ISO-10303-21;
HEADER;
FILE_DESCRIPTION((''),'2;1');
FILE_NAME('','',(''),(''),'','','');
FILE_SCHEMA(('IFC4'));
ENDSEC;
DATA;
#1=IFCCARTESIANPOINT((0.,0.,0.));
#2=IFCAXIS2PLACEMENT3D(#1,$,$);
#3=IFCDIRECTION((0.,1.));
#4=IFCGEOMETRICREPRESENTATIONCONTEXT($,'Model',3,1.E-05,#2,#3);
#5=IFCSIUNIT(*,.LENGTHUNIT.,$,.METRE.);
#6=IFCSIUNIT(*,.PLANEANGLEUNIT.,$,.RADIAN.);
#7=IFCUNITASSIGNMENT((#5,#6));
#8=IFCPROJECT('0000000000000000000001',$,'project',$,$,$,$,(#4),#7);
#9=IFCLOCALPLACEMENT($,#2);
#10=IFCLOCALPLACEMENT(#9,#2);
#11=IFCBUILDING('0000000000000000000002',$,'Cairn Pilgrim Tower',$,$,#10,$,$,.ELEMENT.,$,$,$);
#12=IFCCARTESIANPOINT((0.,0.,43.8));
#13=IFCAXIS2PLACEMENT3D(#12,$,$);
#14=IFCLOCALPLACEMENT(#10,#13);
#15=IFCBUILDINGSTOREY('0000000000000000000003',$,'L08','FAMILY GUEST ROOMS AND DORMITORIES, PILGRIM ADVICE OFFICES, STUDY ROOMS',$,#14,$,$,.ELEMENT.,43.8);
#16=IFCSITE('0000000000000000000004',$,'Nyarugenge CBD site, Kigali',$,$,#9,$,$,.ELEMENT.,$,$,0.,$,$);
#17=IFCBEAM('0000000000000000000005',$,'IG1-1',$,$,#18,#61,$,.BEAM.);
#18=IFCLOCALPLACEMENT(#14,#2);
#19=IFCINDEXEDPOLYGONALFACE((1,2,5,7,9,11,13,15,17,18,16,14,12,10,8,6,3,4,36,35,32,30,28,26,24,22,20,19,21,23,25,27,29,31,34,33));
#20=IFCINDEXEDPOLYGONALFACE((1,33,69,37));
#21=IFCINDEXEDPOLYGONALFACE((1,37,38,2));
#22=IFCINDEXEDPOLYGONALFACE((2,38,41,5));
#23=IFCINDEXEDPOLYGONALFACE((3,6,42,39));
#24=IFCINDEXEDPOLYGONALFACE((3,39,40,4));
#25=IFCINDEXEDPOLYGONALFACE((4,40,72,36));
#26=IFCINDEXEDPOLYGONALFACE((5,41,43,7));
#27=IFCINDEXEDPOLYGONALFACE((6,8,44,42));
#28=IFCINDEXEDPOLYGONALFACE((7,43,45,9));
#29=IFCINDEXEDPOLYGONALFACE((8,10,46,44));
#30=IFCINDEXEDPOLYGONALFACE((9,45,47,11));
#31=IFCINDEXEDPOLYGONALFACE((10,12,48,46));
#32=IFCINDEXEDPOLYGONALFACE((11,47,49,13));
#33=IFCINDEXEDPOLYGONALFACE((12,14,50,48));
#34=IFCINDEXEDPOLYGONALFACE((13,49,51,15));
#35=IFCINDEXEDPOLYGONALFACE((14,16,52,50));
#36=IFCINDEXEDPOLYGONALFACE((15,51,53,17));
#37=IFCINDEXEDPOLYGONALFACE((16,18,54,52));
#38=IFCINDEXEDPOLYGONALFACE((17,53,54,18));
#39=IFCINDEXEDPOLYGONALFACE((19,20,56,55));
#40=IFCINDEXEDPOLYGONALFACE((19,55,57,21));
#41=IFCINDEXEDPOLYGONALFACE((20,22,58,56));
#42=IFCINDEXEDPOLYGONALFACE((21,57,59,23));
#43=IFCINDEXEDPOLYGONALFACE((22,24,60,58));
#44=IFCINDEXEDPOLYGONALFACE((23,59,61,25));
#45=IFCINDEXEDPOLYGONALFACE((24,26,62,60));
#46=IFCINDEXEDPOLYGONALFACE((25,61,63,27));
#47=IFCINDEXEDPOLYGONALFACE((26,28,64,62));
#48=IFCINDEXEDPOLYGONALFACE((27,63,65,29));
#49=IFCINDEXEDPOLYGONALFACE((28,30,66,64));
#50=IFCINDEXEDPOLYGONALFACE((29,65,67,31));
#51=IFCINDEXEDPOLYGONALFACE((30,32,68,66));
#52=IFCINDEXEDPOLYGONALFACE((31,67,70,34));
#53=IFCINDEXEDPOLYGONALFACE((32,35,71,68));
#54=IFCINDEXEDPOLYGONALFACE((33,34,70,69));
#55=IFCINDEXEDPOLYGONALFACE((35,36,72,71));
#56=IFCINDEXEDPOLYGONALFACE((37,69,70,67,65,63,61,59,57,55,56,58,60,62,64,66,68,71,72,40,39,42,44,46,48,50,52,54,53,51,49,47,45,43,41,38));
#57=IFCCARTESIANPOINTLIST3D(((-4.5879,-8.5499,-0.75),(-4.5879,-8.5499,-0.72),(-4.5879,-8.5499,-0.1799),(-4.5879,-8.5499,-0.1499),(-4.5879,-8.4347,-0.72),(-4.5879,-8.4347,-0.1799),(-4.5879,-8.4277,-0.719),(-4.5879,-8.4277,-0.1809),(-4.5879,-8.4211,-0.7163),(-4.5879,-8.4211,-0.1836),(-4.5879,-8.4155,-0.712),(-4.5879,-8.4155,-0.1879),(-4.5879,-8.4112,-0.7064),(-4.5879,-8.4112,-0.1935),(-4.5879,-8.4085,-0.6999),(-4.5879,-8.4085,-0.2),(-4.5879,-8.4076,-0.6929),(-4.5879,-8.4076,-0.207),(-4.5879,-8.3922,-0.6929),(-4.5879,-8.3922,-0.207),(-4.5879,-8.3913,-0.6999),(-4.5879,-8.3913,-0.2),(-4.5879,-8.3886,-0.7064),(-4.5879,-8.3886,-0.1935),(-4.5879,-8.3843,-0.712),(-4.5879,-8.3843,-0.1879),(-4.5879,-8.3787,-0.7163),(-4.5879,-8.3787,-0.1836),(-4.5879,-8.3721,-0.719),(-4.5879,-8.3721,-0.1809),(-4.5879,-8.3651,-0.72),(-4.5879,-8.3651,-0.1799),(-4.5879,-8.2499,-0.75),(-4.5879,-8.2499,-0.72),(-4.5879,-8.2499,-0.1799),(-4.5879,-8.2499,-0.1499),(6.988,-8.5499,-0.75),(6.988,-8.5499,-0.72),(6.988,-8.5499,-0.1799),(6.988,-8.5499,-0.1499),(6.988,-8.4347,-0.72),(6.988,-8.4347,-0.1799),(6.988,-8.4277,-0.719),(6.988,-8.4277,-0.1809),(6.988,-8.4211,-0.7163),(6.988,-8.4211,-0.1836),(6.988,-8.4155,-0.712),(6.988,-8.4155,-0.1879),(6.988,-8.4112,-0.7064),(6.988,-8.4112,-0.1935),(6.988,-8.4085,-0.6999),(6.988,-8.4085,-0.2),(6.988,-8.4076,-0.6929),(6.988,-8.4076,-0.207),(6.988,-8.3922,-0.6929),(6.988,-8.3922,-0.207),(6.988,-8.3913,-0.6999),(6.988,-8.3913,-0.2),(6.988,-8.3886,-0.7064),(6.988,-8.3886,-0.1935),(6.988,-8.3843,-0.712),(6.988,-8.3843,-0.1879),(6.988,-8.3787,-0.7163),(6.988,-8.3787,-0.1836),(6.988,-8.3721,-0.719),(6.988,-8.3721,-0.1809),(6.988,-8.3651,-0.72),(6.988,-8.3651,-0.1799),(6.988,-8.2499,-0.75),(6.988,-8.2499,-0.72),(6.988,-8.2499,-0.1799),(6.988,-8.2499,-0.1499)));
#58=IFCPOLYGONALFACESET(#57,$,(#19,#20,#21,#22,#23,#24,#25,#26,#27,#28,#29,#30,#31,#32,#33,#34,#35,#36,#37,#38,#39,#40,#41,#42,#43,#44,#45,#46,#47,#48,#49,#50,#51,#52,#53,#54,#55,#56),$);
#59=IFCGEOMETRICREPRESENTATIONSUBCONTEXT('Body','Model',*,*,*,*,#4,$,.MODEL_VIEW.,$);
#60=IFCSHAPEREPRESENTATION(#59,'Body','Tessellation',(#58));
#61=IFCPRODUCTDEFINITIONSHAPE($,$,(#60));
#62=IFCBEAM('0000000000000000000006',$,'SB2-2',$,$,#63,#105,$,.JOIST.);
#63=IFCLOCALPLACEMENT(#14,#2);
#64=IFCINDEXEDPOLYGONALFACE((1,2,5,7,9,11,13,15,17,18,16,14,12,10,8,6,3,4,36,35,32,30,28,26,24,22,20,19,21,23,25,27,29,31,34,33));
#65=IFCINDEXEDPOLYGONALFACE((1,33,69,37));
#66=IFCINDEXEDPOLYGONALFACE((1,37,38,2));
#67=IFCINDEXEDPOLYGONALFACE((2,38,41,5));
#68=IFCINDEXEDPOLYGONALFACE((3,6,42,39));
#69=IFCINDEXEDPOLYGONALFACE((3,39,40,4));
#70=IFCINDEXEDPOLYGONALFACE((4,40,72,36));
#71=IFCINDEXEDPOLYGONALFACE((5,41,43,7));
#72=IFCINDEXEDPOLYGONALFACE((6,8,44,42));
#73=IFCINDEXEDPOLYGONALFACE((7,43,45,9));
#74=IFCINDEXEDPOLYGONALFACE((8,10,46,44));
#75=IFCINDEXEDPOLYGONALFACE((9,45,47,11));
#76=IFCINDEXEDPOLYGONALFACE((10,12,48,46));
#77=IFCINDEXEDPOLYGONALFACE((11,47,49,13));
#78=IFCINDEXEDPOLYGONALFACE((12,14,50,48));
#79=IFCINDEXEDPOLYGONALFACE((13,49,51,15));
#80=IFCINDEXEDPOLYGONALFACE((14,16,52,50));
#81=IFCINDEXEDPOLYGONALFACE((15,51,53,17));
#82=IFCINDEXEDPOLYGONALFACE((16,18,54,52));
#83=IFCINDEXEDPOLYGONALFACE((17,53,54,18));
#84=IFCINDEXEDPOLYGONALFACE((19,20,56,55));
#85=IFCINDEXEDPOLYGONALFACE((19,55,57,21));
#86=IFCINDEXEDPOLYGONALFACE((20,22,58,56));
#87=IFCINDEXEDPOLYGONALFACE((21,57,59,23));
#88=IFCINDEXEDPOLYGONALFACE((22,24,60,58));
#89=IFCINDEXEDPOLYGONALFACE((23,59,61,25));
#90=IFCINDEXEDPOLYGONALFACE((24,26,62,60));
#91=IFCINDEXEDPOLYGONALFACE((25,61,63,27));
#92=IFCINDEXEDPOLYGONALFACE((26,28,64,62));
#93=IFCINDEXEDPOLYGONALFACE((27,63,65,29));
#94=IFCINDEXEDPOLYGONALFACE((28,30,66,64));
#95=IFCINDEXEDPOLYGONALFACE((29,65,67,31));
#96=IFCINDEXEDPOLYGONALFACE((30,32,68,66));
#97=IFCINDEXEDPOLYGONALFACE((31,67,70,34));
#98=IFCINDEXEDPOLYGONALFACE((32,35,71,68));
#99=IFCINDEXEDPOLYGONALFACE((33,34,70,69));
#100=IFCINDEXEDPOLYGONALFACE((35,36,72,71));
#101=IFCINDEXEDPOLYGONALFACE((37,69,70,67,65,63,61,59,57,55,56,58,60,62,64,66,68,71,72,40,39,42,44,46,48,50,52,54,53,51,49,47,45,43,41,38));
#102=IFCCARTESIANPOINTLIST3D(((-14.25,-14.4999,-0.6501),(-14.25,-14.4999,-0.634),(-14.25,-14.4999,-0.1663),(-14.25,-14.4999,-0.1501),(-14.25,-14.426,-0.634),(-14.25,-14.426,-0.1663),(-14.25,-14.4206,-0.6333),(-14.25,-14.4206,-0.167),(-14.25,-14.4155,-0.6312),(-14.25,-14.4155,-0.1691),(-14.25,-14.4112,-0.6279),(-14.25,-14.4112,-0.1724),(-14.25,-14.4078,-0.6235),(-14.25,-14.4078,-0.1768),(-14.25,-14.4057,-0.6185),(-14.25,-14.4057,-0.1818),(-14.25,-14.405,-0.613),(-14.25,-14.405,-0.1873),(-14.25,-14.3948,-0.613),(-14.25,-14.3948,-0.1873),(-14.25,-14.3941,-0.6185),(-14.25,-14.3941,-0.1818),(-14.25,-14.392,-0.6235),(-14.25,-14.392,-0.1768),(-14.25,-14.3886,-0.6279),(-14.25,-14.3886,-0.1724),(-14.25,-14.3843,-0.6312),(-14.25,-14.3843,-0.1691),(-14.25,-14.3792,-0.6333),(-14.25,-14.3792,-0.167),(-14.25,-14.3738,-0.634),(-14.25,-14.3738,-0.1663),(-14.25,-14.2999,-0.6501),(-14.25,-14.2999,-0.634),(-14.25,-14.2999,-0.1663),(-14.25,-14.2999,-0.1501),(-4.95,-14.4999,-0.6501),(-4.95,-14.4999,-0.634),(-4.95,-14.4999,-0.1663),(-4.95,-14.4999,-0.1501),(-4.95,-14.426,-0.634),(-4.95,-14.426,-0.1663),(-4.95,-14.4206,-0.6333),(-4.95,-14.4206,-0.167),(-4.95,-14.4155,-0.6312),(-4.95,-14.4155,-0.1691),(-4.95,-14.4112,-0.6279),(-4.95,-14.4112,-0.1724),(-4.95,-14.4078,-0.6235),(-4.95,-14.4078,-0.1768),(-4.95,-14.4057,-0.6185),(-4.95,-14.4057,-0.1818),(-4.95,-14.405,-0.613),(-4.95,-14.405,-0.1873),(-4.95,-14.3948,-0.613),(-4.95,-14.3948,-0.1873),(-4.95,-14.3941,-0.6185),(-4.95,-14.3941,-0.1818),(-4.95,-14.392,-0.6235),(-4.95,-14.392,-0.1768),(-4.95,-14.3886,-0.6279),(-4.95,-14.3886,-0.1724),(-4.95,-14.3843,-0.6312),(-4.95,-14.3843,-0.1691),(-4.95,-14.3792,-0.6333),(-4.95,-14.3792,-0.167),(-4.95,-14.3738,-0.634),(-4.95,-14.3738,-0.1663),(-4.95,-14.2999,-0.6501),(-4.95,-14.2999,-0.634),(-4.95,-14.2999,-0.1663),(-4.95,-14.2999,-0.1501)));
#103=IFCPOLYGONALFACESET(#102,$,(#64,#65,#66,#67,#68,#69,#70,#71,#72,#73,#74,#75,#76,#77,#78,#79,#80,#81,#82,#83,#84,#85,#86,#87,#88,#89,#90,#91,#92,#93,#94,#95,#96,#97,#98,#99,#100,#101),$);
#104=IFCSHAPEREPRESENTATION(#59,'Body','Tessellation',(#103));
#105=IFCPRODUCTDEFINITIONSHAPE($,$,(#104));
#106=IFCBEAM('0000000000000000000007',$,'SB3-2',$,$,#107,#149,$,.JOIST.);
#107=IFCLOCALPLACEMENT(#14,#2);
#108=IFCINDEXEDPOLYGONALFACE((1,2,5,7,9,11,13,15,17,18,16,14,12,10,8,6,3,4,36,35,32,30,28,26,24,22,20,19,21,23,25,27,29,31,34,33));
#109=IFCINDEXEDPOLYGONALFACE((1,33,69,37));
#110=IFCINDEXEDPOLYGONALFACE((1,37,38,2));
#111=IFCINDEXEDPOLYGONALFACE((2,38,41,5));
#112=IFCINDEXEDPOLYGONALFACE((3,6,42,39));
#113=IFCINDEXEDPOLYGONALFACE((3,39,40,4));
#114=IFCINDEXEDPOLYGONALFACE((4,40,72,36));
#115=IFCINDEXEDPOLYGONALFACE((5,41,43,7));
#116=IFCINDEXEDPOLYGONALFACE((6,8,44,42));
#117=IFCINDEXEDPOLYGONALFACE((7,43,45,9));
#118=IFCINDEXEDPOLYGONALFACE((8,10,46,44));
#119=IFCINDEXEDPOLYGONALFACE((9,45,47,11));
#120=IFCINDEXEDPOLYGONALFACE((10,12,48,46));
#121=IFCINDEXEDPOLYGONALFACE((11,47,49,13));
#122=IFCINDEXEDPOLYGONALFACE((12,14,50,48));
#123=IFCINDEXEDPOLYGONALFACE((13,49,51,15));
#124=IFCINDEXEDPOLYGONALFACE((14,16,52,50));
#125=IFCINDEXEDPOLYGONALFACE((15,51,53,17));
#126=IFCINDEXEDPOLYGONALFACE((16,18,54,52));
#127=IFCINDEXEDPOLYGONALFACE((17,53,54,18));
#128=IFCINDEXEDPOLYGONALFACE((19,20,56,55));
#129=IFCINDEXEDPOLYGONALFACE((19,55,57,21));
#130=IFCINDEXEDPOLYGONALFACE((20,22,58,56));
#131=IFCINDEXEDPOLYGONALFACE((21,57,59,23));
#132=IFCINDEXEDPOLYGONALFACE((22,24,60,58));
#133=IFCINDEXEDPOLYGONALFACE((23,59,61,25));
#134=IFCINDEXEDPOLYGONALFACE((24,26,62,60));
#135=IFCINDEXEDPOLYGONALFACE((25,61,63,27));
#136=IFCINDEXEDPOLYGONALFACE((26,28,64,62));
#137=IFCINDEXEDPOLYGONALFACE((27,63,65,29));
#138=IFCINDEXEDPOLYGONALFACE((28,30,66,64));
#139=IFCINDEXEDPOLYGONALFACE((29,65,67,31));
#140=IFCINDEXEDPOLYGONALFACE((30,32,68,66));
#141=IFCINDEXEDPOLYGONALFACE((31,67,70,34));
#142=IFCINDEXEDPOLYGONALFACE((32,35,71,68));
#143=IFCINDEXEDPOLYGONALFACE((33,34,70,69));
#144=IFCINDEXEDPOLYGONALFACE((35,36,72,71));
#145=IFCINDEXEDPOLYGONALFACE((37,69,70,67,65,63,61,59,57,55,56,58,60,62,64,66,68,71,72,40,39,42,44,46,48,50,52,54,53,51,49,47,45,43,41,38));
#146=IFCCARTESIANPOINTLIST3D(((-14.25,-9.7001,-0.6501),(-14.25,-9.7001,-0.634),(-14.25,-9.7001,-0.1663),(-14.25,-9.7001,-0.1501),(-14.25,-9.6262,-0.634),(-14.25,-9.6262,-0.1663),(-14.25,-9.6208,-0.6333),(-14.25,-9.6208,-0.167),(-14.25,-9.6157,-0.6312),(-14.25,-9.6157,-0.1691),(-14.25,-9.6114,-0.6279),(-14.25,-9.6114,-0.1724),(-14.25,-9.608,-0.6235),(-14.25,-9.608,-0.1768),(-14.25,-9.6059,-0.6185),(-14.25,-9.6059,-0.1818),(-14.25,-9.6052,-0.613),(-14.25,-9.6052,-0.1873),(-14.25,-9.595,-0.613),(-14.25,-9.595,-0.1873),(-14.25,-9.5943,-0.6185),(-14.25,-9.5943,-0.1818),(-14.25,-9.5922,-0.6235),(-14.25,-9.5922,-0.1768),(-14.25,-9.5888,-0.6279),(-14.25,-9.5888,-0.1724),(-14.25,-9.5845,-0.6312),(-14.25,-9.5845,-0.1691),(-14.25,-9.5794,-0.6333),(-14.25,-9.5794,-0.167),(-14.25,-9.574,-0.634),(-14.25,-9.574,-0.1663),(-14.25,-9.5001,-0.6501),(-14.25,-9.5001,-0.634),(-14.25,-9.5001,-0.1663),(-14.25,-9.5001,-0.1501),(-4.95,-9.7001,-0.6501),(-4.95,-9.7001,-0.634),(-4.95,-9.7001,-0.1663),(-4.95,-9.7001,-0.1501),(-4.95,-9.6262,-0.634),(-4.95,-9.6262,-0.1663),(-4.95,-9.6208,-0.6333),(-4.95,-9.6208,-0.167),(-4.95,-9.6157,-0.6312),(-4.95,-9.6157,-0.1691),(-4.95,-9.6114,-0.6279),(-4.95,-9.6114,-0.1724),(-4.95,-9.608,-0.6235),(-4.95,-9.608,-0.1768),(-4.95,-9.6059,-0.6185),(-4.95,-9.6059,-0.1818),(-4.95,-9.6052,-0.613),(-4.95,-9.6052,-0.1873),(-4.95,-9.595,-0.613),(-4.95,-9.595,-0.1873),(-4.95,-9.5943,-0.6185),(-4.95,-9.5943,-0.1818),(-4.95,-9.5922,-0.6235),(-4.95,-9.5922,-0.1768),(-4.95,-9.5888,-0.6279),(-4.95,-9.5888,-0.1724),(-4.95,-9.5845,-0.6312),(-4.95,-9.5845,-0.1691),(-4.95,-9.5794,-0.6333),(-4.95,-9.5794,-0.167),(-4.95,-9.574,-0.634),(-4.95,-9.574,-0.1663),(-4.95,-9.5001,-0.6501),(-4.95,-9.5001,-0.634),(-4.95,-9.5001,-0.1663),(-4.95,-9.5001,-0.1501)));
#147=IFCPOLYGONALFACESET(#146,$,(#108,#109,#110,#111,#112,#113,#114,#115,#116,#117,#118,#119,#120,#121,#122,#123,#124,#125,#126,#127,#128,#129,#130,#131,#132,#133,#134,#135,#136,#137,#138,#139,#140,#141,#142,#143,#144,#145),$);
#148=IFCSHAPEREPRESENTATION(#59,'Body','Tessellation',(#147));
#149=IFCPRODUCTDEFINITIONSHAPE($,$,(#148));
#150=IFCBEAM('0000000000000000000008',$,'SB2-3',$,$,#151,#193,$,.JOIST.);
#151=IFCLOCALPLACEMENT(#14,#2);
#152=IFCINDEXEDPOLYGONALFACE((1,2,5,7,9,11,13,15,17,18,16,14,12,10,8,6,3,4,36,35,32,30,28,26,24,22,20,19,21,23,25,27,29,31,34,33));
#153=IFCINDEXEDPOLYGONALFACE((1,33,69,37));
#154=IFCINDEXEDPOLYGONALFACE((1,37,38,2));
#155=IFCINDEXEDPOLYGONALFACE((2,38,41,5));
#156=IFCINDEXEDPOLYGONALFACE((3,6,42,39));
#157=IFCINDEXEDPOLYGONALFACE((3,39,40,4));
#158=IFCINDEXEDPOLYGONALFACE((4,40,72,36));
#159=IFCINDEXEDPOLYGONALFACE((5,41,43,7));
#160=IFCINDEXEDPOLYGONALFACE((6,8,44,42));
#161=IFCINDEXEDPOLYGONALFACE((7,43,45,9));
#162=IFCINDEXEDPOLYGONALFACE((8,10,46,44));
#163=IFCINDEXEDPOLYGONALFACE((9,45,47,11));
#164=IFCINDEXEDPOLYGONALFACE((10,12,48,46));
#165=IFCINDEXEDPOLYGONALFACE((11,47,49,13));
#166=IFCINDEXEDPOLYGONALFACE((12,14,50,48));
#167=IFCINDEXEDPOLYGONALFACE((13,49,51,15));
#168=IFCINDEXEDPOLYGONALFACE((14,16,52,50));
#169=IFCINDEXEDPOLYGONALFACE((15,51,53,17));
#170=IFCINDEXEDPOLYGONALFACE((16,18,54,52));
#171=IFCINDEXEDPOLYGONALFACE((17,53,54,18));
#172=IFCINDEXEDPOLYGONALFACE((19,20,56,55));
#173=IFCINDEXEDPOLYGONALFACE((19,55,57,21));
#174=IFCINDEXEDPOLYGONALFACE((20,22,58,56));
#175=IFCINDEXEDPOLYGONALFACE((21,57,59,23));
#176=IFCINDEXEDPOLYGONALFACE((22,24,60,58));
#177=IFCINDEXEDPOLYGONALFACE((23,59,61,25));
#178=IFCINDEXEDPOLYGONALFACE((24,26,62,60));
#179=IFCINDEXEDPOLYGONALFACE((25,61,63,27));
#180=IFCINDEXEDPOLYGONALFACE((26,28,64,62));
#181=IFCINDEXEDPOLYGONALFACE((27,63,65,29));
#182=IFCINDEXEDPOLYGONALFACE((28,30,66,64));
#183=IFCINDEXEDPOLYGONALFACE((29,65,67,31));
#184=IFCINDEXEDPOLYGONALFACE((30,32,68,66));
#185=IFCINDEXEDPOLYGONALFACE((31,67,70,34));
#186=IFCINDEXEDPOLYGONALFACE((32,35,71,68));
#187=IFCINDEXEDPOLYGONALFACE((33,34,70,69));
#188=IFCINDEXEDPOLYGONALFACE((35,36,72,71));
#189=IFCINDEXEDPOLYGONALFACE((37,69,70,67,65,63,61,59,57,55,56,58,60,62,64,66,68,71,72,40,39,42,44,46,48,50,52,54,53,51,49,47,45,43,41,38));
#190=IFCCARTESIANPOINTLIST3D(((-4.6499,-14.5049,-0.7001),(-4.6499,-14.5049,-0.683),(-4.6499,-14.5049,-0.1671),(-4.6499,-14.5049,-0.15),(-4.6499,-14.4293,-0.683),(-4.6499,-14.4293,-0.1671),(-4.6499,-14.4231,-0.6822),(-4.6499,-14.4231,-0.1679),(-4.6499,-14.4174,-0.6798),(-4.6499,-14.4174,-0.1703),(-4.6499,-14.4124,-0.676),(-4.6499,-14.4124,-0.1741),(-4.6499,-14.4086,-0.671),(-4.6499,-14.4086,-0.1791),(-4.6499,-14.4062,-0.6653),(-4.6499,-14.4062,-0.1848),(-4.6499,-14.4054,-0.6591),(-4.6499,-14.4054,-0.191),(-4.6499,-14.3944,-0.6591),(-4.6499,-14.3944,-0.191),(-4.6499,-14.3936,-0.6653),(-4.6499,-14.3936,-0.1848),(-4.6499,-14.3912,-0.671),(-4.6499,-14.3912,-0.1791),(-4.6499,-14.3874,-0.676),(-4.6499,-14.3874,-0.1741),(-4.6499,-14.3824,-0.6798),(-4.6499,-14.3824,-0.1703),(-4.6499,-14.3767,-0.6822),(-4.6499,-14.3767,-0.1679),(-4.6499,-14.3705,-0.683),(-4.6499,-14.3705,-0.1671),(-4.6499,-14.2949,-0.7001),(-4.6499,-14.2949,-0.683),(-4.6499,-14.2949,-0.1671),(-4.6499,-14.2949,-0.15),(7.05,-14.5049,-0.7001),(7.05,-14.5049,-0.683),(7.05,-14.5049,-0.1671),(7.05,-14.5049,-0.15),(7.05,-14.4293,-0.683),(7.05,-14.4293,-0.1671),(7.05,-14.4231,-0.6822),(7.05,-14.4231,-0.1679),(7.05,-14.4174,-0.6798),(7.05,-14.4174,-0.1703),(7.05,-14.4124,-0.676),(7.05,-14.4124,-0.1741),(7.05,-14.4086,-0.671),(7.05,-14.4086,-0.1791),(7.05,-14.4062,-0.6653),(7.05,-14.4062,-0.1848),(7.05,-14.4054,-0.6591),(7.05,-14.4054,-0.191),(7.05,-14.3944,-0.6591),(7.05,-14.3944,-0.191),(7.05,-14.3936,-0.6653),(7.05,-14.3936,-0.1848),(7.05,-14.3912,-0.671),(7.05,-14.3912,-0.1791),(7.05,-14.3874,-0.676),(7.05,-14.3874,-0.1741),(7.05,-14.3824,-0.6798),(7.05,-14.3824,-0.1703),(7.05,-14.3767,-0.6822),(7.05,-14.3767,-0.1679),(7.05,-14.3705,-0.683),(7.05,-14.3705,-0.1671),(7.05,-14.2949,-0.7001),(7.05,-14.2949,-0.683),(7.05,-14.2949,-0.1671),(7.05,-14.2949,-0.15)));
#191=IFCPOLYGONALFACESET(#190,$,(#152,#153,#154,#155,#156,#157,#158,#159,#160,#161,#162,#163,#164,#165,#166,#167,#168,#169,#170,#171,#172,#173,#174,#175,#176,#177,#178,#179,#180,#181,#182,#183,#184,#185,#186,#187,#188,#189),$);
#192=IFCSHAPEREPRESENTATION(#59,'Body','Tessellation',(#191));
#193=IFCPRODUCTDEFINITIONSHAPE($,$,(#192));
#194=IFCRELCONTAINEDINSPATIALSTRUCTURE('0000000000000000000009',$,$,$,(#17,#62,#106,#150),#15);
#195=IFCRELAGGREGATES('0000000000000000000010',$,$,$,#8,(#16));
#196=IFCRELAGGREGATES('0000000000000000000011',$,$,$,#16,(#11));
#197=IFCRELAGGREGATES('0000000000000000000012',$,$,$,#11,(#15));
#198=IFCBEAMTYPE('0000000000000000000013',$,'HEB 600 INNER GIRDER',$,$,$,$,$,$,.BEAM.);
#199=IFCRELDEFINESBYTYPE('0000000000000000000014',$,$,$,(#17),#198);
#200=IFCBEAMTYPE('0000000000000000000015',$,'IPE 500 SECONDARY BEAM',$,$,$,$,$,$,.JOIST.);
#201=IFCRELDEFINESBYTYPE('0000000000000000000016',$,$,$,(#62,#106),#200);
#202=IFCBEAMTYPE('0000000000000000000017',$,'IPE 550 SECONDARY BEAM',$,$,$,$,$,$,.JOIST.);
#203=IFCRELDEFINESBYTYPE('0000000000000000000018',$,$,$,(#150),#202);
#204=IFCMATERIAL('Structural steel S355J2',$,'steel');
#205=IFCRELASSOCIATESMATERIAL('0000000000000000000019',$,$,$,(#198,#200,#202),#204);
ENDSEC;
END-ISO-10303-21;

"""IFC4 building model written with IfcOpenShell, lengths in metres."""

from ifc_helpers import new_model, si_unit, direction, frame, origin, origin_2d, place, context, subcontext, project, spatial, i_section, extrude, material, material_profile, profile_set, type_object, element, save


model = new_model("IFC4")

# Units and contexts
model_context = context("Model", 3, precision=1e-05, world=origin(), true_north=direction((0.0, 1.0)))
body_context = subcontext(model_context, "Body", "Model", "MODEL_VIEW")
ifc_project = project(units=[si_unit("LENGTHUNIT", "METRE"), si_unit("PLANEANGLEUNIT", "RADIAN")], contexts=[model_context])

# Site, building, storey
site_placement = place(None, origin())
site = spatial("IfcSite", under=ifc_project, at=site_placement, Name="Nyarugenge CBD site, Kigali", CompositionType="ELEMENT", RefElevation=0.0)
building_placement = place(site_placement, origin())
building = spatial("IfcBuilding", under=site, at=building_placement, Name="Cairn Pilgrim Tower", CompositionType="ELEMENT")
storey_placement = place(building_placement, frame((0.0, 0.0, 43.8)))
storey = spatial("IfcBuildingStorey", under=building, at=storey_placement, Name="L08", Description="FAMILY GUEST ROOMS AND DORMITORIES, PILGRIM ADVICE OFFICES, STUDY ROOMS", CompositionType="ELEMENT", Elevation=43.8)

# Beams
ifc_material_1 = material(Name="Structural steel S355J2", Category="steel")
ifc_material_profile_1 = material_profile(ifc_material_1, i_section(OverallWidth=0.3, OverallDepth=0.6001, WebThickness=0.0154, FlangeThickness=0.03, FilletRadius=0.0271, at=origin_2d()), Name="HEB 600")
ifc_profile_set_1 = profile_set([ifc_material_profile_1], Name="Structural steel S355J2")
beam_type_1 = type_object("IfcBeamType", Name="HEB 600 INNER GIRDER", PredefinedType="BEAM", material=ifc_profile_set_1)
beam_1_placement = place(storey_placement, frame((-4.5879, -8.3999, -0.45), z_axis=(1.0, 0.0, 0.0), x_axis=(0.0, 1.0, 0.0)))
element("IfcBeam", 1, at=beam_1_placement, inside=storey, type_object=beam_type_1, Name="IG1-1", PredefinedType="BEAM", context=body_context, shape_type="SweptSolid", body=[
    extrude(i_section(OverallWidth=0.3, OverallDepth=0.6001, WebThickness=0.0154, FlangeThickness=0.03, FilletRadius=0.0271, at=origin_2d()), origin(), (0.0, 0.0, 1.0), 11.5759),
])
ifc_material_profile_2 = material_profile(ifc_material_1, i_section(OverallWidth=0.2, OverallDepth=0.5, WebThickness=0.0103, FlangeThickness=0.0161, FilletRadius=0.021, at=origin_2d()), Name="IPE 500")
ifc_profile_set_2 = profile_set([ifc_material_profile_2], Name="Structural steel S355J2")
beam_type_2 = type_object("IfcBeamType", Name="IPE 500 SECONDARY BEAM", PredefinedType="JOIST", material=ifc_profile_set_2)
for number, where, z_axis, x_axis, name in (
    (2, (-14.25, -14.3999, -0.4001), (1.0, 0.0, 0.0), (0.0, 1.0, 0.0), "SB2-2"),
    (3, (-14.25, -9.6001, -0.4001), (1.0, 0.0, 0.0), (0.0, 1.0, 0.0), "SB3-2"),
):
    element("IfcBeam", number, at=place(storey_placement, frame(where, z_axis=z_axis, x_axis=x_axis)), inside=storey, type_object=beam_type_2, Name=name, PredefinedType="JOIST", context=body_context, shape_type="SweptSolid", body=[
        extrude(i_section(OverallWidth=0.2, OverallDepth=0.5, WebThickness=0.0103, FlangeThickness=0.0161, FilletRadius=0.021, at=origin_2d()), origin(), (0.0, 0.0, 1.0), 9.3),
    ])
ifc_material_profile_3 = material_profile(ifc_material_1, i_section(OverallWidth=0.21, OverallDepth=0.55, WebThickness=0.011, FlangeThickness=0.0171, FilletRadius=0.0239, at=origin_2d()), Name="IPE 550")
ifc_profile_set_3 = profile_set([ifc_material_profile_3], Name="Structural steel S355J2")
beam_type_3 = type_object("IfcBeamType", Name="IPE 550 SECONDARY BEAM", PredefinedType="JOIST", material=ifc_profile_set_3)
beam_2_placement = place(storey_placement, frame((-4.6499, -14.3999, -0.425), z_axis=(1.0, 0.0, 0.0), x_axis=(0.0, 1.0, 0.0)))
element("IfcBeam", 4, at=beam_2_placement, inside=storey, type_object=beam_type_3, Name="SB2-3", PredefinedType="JOIST", context=body_context, shape_type="SweptSolid", body=[
    extrude(i_section(OverallWidth=0.21, OverallDepth=0.55, WebThickness=0.011, FlangeThickness=0.0171, FilletRadius=0.0239, at=origin_2d()), origin(), (0.0, 0.0, 1.0), 11.7),
])

save(model, "model.ifc")
